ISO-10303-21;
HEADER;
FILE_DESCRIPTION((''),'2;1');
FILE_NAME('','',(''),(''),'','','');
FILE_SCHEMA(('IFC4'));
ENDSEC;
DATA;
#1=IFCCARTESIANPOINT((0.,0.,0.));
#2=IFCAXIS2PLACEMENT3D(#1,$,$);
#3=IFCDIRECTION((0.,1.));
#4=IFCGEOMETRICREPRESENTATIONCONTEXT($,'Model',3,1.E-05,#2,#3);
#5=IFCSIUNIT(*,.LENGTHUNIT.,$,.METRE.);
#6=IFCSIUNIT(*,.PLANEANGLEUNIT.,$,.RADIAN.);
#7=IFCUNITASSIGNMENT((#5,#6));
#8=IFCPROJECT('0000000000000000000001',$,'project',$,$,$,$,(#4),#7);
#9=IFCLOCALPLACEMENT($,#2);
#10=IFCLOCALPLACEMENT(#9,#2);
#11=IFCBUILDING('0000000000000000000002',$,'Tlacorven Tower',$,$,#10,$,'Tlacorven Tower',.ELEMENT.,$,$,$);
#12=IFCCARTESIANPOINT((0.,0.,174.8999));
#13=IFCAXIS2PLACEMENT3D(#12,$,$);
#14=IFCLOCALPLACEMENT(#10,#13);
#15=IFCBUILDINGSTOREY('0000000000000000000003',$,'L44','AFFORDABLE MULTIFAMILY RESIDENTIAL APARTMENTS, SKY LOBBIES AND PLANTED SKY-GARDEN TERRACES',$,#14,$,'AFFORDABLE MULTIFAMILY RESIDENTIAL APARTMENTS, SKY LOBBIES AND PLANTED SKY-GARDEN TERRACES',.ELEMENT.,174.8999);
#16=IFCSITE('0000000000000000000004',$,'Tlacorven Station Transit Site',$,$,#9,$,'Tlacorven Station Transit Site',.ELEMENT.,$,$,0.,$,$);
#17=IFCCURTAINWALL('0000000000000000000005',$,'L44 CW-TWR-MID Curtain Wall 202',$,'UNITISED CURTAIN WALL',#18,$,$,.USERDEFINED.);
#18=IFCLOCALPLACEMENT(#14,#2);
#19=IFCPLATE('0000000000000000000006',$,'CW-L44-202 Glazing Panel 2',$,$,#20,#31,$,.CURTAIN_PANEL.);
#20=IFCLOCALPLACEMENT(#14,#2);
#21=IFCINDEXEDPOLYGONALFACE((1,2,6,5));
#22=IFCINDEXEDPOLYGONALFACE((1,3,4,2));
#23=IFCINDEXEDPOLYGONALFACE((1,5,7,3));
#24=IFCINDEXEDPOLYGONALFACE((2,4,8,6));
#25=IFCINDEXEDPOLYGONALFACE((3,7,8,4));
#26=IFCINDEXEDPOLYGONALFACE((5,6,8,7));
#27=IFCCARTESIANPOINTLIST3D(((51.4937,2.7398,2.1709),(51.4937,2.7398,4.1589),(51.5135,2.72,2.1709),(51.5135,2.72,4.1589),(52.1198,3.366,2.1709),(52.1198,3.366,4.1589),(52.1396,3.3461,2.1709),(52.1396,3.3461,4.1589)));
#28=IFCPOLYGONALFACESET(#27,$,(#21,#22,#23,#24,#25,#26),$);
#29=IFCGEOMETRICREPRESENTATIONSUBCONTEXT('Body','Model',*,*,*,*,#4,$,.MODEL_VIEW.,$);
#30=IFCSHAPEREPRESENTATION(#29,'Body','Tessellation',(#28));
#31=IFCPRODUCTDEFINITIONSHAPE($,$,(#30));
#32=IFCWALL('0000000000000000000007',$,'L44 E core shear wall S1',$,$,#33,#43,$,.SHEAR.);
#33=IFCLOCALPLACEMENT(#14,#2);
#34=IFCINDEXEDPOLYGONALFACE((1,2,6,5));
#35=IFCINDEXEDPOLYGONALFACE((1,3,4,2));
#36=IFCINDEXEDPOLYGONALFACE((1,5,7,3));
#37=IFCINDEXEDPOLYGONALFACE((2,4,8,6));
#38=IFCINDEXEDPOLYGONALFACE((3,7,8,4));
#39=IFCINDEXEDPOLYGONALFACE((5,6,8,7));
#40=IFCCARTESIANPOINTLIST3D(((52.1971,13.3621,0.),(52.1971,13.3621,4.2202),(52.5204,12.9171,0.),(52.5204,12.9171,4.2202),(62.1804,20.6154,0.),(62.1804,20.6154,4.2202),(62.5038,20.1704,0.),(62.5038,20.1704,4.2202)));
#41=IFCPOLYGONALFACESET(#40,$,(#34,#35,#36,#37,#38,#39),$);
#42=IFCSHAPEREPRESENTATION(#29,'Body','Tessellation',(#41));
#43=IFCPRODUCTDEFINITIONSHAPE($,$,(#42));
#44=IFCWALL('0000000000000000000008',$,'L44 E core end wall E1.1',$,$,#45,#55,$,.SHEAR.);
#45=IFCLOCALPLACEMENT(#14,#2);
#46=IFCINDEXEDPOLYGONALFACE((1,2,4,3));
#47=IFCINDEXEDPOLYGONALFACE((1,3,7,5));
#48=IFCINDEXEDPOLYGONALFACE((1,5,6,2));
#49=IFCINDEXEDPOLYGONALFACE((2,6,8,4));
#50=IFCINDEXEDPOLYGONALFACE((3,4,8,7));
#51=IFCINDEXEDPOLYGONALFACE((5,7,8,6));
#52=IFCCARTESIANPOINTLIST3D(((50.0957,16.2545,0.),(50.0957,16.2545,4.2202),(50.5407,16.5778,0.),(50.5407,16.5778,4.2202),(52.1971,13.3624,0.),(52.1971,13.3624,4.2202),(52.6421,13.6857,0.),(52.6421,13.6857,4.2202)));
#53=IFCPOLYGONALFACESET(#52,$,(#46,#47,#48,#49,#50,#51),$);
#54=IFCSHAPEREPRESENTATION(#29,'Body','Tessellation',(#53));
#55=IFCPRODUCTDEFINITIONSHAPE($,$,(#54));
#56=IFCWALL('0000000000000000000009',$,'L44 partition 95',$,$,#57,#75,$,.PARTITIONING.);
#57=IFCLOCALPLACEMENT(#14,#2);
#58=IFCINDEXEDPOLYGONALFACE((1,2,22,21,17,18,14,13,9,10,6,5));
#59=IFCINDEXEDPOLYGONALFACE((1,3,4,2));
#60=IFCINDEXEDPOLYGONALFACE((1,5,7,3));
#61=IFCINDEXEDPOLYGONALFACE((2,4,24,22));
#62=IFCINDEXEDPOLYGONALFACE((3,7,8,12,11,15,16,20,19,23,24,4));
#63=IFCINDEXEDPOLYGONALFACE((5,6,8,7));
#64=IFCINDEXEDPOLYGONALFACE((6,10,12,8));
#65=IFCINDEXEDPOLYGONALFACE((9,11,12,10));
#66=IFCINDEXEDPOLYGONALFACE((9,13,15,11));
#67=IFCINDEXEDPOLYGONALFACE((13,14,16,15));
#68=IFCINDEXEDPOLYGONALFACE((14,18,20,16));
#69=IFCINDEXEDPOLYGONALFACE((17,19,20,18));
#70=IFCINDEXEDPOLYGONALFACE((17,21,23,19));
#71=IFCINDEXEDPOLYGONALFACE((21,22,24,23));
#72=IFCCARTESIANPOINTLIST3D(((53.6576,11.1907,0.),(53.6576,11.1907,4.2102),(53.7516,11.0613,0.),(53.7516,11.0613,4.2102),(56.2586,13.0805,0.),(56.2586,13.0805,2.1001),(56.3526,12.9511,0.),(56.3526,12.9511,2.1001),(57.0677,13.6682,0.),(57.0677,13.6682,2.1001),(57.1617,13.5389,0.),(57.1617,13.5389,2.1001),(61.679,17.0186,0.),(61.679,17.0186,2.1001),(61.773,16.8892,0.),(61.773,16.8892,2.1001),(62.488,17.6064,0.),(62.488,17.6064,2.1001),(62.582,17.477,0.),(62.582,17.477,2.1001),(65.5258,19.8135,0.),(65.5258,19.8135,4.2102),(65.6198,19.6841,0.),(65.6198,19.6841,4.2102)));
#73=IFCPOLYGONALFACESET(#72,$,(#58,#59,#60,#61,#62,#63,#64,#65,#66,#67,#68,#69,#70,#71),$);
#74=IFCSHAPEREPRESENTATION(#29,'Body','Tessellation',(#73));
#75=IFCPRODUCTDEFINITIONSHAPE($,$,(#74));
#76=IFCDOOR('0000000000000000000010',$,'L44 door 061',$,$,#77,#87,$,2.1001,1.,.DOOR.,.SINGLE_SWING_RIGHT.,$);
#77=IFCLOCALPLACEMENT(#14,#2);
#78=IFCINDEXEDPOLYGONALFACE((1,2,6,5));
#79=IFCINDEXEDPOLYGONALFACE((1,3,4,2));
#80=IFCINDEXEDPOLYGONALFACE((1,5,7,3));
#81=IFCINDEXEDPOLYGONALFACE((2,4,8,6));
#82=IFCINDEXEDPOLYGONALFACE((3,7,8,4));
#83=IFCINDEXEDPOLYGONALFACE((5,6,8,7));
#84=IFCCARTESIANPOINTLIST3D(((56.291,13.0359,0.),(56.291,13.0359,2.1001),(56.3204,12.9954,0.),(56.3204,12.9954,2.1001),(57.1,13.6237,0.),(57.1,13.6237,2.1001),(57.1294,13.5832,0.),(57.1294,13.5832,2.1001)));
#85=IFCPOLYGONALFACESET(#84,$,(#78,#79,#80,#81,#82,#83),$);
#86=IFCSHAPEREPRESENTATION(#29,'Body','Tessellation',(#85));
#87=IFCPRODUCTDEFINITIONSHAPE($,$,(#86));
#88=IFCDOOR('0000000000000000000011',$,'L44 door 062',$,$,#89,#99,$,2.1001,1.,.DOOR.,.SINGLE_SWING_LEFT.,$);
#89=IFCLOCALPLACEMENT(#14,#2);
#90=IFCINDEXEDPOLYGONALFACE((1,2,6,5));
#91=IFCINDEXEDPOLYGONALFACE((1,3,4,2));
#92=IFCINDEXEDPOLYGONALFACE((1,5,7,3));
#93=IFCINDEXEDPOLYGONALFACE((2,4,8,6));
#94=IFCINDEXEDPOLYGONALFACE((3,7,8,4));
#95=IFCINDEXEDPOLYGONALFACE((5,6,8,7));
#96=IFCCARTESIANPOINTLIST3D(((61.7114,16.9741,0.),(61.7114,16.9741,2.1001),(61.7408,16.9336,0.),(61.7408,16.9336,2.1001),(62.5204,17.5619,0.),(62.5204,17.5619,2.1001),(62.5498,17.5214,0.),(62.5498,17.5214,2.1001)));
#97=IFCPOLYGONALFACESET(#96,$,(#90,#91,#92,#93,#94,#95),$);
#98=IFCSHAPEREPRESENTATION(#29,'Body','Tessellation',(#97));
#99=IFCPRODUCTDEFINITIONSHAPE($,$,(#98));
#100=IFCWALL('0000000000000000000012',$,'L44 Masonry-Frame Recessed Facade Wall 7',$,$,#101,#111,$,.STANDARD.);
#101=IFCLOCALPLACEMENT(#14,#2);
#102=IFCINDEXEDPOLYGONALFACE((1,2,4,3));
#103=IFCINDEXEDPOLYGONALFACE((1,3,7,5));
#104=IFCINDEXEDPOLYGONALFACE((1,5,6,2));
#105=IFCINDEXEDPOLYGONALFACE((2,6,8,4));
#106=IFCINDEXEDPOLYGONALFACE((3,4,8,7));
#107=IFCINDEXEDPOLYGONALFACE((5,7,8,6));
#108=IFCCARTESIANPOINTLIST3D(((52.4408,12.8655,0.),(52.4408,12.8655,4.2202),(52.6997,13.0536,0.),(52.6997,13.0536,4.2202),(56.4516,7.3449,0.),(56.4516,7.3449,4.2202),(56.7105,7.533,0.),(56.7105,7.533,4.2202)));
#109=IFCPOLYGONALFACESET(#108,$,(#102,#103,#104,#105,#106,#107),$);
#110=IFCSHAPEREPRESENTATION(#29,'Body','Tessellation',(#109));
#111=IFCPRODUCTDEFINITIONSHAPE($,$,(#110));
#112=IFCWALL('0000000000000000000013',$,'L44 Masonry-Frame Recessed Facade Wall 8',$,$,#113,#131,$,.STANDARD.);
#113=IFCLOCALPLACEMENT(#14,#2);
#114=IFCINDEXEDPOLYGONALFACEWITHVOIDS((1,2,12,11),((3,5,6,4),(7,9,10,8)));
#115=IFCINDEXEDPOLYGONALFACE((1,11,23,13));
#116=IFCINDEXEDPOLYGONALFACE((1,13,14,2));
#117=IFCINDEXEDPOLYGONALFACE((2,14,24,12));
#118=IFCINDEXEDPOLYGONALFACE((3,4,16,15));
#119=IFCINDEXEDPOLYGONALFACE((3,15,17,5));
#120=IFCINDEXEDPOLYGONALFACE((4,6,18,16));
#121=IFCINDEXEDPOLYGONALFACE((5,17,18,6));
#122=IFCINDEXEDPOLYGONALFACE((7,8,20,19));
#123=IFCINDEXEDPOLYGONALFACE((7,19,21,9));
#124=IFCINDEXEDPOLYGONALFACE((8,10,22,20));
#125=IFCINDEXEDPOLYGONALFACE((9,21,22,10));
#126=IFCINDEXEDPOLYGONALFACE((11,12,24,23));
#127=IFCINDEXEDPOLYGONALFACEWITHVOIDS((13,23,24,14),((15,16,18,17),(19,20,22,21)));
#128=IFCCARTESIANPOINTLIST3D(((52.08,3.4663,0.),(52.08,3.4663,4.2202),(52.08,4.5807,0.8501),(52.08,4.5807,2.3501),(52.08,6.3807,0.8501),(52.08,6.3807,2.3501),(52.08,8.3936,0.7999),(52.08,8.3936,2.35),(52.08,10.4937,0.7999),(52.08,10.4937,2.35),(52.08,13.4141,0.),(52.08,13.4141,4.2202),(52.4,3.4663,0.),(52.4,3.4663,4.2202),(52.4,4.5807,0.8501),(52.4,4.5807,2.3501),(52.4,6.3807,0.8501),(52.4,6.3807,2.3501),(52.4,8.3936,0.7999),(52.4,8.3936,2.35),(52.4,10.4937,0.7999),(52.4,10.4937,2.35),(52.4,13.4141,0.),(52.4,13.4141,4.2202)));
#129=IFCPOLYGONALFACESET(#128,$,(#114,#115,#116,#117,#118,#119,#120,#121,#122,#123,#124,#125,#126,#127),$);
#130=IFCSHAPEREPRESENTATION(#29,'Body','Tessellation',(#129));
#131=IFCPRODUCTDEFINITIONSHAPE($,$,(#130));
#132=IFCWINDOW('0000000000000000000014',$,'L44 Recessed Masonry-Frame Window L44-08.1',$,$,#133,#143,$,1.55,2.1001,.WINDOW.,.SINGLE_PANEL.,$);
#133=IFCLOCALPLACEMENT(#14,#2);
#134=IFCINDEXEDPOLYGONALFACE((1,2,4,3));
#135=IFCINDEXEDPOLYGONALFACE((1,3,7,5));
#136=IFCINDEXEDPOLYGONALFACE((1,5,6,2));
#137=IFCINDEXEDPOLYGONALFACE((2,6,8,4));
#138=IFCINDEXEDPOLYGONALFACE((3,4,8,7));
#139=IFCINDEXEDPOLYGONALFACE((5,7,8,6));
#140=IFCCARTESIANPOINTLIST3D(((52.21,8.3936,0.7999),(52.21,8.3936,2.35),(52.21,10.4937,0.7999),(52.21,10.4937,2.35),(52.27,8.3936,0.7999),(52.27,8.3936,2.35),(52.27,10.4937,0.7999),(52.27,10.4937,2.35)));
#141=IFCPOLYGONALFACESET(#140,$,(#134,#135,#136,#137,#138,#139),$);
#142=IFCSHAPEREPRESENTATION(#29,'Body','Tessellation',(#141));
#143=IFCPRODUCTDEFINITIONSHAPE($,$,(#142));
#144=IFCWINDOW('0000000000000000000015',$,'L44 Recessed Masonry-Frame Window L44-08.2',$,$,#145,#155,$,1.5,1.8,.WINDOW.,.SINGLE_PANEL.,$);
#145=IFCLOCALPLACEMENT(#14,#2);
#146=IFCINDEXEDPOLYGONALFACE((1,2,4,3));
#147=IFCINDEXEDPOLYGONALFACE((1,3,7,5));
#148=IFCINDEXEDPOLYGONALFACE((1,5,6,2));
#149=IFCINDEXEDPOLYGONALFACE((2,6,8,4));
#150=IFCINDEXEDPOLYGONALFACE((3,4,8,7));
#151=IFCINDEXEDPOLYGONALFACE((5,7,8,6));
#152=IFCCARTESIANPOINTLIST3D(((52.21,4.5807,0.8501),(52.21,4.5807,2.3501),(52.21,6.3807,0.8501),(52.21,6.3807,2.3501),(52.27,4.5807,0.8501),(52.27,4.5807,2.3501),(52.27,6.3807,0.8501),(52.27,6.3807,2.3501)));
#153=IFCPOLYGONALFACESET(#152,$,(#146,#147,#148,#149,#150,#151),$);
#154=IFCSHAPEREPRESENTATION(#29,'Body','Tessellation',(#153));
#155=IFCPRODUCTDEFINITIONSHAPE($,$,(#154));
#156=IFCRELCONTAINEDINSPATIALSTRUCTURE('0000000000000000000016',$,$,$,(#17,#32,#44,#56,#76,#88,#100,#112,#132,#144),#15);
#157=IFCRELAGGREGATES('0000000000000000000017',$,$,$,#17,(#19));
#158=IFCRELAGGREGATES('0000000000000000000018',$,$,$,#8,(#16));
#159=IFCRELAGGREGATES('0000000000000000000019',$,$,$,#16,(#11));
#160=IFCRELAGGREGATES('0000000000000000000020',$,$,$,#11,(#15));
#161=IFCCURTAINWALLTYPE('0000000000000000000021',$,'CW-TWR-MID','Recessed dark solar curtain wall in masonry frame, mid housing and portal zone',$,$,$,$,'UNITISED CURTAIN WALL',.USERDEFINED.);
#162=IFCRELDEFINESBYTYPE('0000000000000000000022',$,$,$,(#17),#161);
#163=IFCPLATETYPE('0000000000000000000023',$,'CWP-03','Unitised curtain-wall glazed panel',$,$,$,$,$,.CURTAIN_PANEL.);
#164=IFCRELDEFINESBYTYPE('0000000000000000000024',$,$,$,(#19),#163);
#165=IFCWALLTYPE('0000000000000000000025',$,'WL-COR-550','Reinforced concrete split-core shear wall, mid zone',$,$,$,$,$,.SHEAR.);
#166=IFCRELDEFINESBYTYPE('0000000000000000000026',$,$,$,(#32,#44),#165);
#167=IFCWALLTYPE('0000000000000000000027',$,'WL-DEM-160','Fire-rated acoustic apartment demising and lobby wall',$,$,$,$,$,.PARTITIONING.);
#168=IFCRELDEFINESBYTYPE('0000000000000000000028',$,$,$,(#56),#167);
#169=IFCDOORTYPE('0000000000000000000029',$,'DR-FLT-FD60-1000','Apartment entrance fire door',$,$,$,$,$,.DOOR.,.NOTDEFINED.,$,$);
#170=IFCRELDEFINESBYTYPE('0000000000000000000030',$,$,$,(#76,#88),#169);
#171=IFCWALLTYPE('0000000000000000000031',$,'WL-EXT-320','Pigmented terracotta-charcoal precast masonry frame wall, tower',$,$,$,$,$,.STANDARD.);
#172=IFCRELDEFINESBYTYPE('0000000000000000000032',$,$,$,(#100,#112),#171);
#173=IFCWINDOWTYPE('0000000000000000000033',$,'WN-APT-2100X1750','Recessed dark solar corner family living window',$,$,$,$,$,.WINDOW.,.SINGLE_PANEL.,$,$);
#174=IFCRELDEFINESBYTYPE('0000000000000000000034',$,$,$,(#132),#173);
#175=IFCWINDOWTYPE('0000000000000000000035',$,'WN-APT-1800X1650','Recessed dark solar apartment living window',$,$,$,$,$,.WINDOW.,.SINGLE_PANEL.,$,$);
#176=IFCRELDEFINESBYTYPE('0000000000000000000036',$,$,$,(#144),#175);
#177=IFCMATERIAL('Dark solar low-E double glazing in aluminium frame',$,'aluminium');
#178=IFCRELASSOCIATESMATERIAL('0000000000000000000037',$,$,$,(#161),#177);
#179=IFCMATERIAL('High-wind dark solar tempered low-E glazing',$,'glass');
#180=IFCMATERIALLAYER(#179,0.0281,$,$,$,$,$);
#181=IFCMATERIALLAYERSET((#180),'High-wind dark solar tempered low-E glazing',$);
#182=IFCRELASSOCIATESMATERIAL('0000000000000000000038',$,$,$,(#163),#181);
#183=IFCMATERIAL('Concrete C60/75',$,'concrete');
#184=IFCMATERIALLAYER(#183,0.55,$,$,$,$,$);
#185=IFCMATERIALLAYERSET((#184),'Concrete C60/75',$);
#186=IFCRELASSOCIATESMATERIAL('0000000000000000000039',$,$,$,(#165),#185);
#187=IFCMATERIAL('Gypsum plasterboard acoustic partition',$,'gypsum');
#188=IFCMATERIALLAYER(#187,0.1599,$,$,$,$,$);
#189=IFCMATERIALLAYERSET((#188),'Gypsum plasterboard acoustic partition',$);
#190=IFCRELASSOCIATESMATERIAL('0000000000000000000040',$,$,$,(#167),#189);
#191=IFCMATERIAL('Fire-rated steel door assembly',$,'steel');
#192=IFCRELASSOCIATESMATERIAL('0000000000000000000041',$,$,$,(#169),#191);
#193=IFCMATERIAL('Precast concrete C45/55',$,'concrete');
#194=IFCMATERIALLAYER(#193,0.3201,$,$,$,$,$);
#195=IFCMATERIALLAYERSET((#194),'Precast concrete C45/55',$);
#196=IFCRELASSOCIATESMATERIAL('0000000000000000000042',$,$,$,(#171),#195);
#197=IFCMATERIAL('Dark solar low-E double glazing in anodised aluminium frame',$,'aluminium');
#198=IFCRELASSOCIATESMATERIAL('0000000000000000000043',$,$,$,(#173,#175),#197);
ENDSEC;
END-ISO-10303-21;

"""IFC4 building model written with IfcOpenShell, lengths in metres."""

from ifc_helpers import new_model, si_unit, direction, frame, frame_2d, origin, origin_2d, place, context, subcontext, project, spatial, rectangle, extrude, source, transform, mapped, material, layer, layer_set, type_object, element, fill, aggregate, save


model = new_model("IFC4")

# Units and contexts
model_context = context("Model", 3, precision=1e-05, world=origin(), true_north=direction((0.0, 1.0)))
body_context = subcontext(model_context, "Body", "Model", "MODEL_VIEW")
ifc_project = project(units=[si_unit("LENGTHUNIT", "METRE"), si_unit("PLANEANGLEUNIT", "RADIAN")], contexts=[model_context])

# Site, building, storey
site_placement = place(None, origin())
site = spatial("IfcSite", under=ifc_project, at=site_placement, Name="Tlacorven Station Transit Site", LongName="Tlacorven Station Transit Site", CompositionType="ELEMENT", RefElevation=0.0)
building_placement = place(site_placement, origin())
building = spatial("IfcBuilding", under=site, at=building_placement, Name="Tlacorven Tower", LongName="Tlacorven Tower", CompositionType="ELEMENT")
storey_placement = place(building_placement, frame((0.0, 0.0, 174.8999)))
storey = spatial("IfcBuildingStorey", under=building, at=storey_placement, Name="L44", Description="AFFORDABLE MULTIFAMILY RESIDENTIAL APARTMENTS, SKY LOBBIES AND PLANTED SKY-GARDEN TERRACES", LongName="AFFORDABLE MULTIFAMILY RESIDENTIAL APARTMENTS, SKY LOBBIES AND PLANTED SKY-GARDEN TERRACES", CompositionType="ELEMENT", Elevation=174.8999)

# Curtain wall
ifc_material_1 = material(Name="Dark solar low-E double glazing in aluminium frame", Category="aluminium")
curtain_wall_type = type_object("IfcCurtainWallType", Name="CW-TWR-MID", Description="Recessed dark solar curtain wall in masonry frame, mid housing and portal zone", ElementType="UNITISED CURTAIN WALL", PredefinedType="USERDEFINED", material=ifc_material_1)
curtain_wall_placement = place(storey_placement, origin())
curtain_wall = element("IfcCurtainWall", 1, at=curtain_wall_placement, inside=storey, type_object=curtain_wall_type, Name="L44 CW-TWR-MID Curtain Wall 202", ObjectType="UNITISED CURTAIN WALL", PredefinedType="USERDEFINED")

# Plate
ifc_material_2 = material(Name="High-wind dark solar tempered low-E glazing", Category="glass")
ifc_layer_1 = layer(ifc_material_2, 0.0281)
ifc_layer_set_1 = layer_set([ifc_layer_1], Name="High-wind dark solar tempered low-E glazing")
plate_type_1 = type_object("IfcPlateType", Name="CWP-03", Description="Unitised curtain-wall glazed panel", PredefinedType="CURTAIN_PANEL", material=ifc_layer_set_1)
shared_shape_1 = source(origin(), body_context, "Body", "SweptSolid", [
    extrude(rectangle(XDim=0.8855, YDim=0.0281, at=origin_2d()), origin(), (0.0, 0.0, 1.0), 1.988),
])
plate_1_placement = place(storey_placement, frame((51.8167, 3.043, 2.1709), z_axis=(0.0, 0.0, 1.0), x_axis=(-0.707107, -0.707107, 0.0)))
plate_1 = element("IfcPlate", 2, at=plate_1_placement, type_object=plate_type_1, Name="CW-L44-202 Glazing Panel 2", PredefinedType="CURTAIN_PANEL", context=body_context, shape_type="MappedRepresentation", body=[
    mapped(shared_shape_1, transform((0.0, 0.0, 0.0), scale=1.0)),
])
aggregate(curtain_wall, [plate_1])

# Walls
ifc_material_3 = material(Name="Concrete C60/75", Category="concrete")
ifc_layer_2 = layer(ifc_material_3, 0.55)
ifc_layer_set_2 = layer_set([ifc_layer_2], Name="Concrete C60/75")
wall_type_1 = type_object("IfcWallType", Name="WL-COR-550", Description="Reinforced concrete split-core shear wall, mid zone", PredefinedType="SHEAR", material=ifc_layer_set_2)
wall_1_placement = place(storey_placement, frame((52.3589, 13.1396, 0.0), z_axis=(0.0, 0.0, 1.0), x_axis=(0.809015, 0.587788, 0.0)))
element("IfcWall", 3, at=wall_1_placement, inside=storey, type_object=wall_type_1, Name="L44 E core shear wall S1", PredefinedType="SHEAR", context=body_context, shape_type="SweptSolid", body=[
    extrude(rectangle(XDim=12.3401, YDim=0.55, at=frame_2d((6.1699, 0.0))), origin(), (0.0, 0.0, 1.0), 4.2202),
])
wall_2_placement = place(storey_placement, frame((52.4197, 13.5239, 0.0), z_axis=(0.0, 0.0, 1.0), x_axis=(-0.587802, 0.809005, 0.0)))
element("IfcWall", 4, at=wall_2_placement, inside=storey, type_object=wall_type_1, Name="L44 E core end wall E1.1", PredefinedType="SHEAR", context=body_context, shape_type="SweptSolid", body=[
    extrude(rectangle(XDim=3.575, YDim=0.55, at=frame_2d((1.7876, 0.0))), origin(), (0.0, 0.0, 1.0), 4.2202),
])

# Wall, openings, doors
ifc_material_4 = material(Name="Gypsum plasterboard acoustic partition", Category="gypsum")
ifc_layer_3 = layer(ifc_material_4, 0.1599)
ifc_layer_set_3 = layer_set([ifc_layer_3], Name="Gypsum plasterboard acoustic partition")
wall_type_2 = type_object("IfcWallType", Name="WL-DEM-160", Description="Fire-rated acoustic apartment demising and lobby wall", PredefinedType="PARTITIONING", material=ifc_layer_set_3)
wall_3_placement = place(storey_placement, frame((53.7046, 11.126, 0.0), z_axis=(0.0, 0.0, 1.0), x_axis=(0.809015, 0.587789, 0.0)))
wall_3 = element("IfcWall", 5, at=wall_3_placement, inside=storey, type_object=wall_type_2, Name="L44 partition 95", PredefinedType="PARTITIONING", context=body_context, shape_type="SweptSolid", body=[
    extrude(rectangle(XDim=14.6699, YDim=0.1599, at=frame_2d((7.335, 0.0))), origin(), (0.0, 0.0, 1.0), 4.2102),
])
opening_1_placement = place(wall_3_placement, frame((3.2151, 0.0, 0.0)))
opening_1 = element("IfcOpeningElement", 6, at=opening_1_placement, cuts=wall_3, PredefinedType="OPENING", context=body_context, shape_type="SweptSolid", body=[
    extrude(rectangle(XDim=1.0, YDim=2.1001, at=frame_2d((0.5, 1.05))), frame((0.0, 0.0898, 0.0), z_axis=(0.0, -1.0, 0.0), x_axis=(1.0, 0.0, 0.0)), (0.0, 0.0, 1.0), 0.1799),
])
opening_2_placement = place(wall_3_placement, frame((9.915, 0.0, 0.0)))
opening_2 = element("IfcOpeningElement", 7, at=opening_2_placement, cuts=wall_3, PredefinedType="OPENING", context=body_context, shape_type="SweptSolid", body=[
    extrude(rectangle(XDim=1.0, YDim=2.1001, at=frame_2d((0.5, 1.05))), frame((0.0, 0.0898, 0.0), z_axis=(0.0, -1.0, 0.0), x_axis=(1.0, 0.0, 0.0)), (0.0, 0.0, 1.0), 0.1799),
])
ifc_material_5 = material(Name="Fire-rated steel door assembly", Category="steel")
door_type = type_object("IfcDoorType", Name="DR-FLT-FD60-1000", Description="Apartment entrance fire door", OperationType="NOTDEFINED", PredefinedType="DOOR", material=ifc_material_5)
shared_shape_2 = source(origin(), body_context, "Body", "SweptSolid", [
    extrude(rectangle(XDim=1.0, YDim=2.1001, at=frame_2d((0.5, 1.05))), frame((0.0, 0.0249, 0.0), z_axis=(0.0, -1.0, 0.0), x_axis=(1.0, 0.0, 0.0)), (0.0, 0.0, 1.0), 0.05),
])
door_1_placement = place(opening_1_placement, origin())
door_1 = element("IfcDoor", 8, at=door_1_placement, inside=storey, type_object=door_type, Name="L44 door 061", OperationType="SINGLE_SWING_RIGHT", OverallHeight=2.1001, OverallWidth=1.0, PredefinedType="DOOR", context=body_context, shape_type="MappedRepresentation", body=[
    mapped(shared_shape_2, transform((0.0, 0.0, 0.0), scale=1.0)),
])
fill(opening_1, door_1)
door_2_placement = place(opening_2_placement, origin())
door_2 = element("IfcDoor", 9, at=door_2_placement, inside=storey, type_object=door_type, Name="L44 door 062", OperationType="SINGLE_SWING_LEFT", OverallHeight=2.1001, OverallWidth=1.0, PredefinedType="DOOR", context=body_context, shape_type="MappedRepresentation", body=[
    mapped(shared_shape_2, transform((0.0, 0.0, 0.0), scale=1.0)),
])
fill(opening_2, door_2)

# Wall
ifc_material_6 = material(Name="Precast concrete C45/55", Category="concrete")
ifc_layer_4 = layer(ifc_material_6, 0.3201)
ifc_layer_set_4 = layer_set([ifc_layer_4], Name="Precast concrete C45/55")
wall_type_3 = type_object("IfcWallType", Name="WL-EXT-320", Description="Pigmented terracotta-charcoal precast masonry frame wall, tower", PredefinedType="STANDARD", material=ifc_layer_set_4)
wall_4_placement = place(storey_placement, frame((56.5811, 7.439, 0.0), z_axis=(0.0, 0.0, 1.0), x_axis=(-0.587772, 0.809027, 0.0)))
element("IfcWall", 10, at=wall_4_placement, inside=storey, type_object=wall_type_3, Name="L44 Masonry-Frame Recessed Facade Wall 7", PredefinedType="STANDARD", context=body_context, shape_type="SweptSolid", body=[
    extrude(rectangle(XDim=6.8237, YDim=0.3201, at=frame_2d((3.4119, 0.0))), origin(), (0.0, 0.0, 1.0), 4.2202),
])

# Wall, openings, windows
wall_5_placement = place(storey_placement, frame((52.24, 13.4141, 0.0), z_axis=(0.0, 0.0, 1.0), x_axis=(0.0, -1.0, 0.0)))
wall_5 = element("IfcWall", 11, at=wall_5_placement, inside=storey, type_object=wall_type_3, Name="L44 Masonry-Frame Recessed Facade Wall 8", PredefinedType="STANDARD", context=body_context, shape_type="SweptSolid", body=[
    extrude(rectangle(XDim=9.9478, YDim=0.3201, at=frame_2d((4.9739, 0.0))), origin(), (0.0, 0.0, 1.0), 4.2202),
])
opening_3_placement = place(wall_5_placement, frame((2.9204, 0.0, 0.8)))
opening_3 = element("IfcOpeningElement", 12, at=opening_3_placement, cuts=wall_5, PredefinedType="OPENING", context=body_context, shape_type="SweptSolid", body=[
    extrude(rectangle(XDim=2.1001, YDim=1.55, at=frame_2d((1.05, 0.7749))), frame((0.0, 0.1699, 0.0), z_axis=(0.0, -1.0, 0.0), x_axis=(1.0, 0.0, 0.0)), (0.0, 0.0, 1.0), 0.3401),
])
opening_4_placement = place(wall_5_placement, frame((7.0334, 0.0, 0.8501)))
opening_4 = element("IfcOpeningElement", 13, at=opening_4_placement, cuts=wall_5, PredefinedType="OPENING", context=body_context, shape_type="SweptSolid", body=[
    extrude(rectangle(XDim=1.8, YDim=1.5, at=frame_2d((0.8999, 0.75))), frame((0.0, 0.1699, 0.0), z_axis=(0.0, -1.0, 0.0), x_axis=(1.0, 0.0, 0.0)), (0.0, 0.0, 1.0), 0.3401),
])
ifc_material_7 = material(Name="Dark solar low-E double glazing in anodised aluminium frame", Category="aluminium")
window_type_1 = type_object("IfcWindowType", Name="WN-APT-2100X1750", Description="Recessed dark solar corner family living window", PartitioningType="SINGLE_PANEL", PredefinedType="WINDOW", material=ifc_material_7)
shared_shape_3 = source(origin(), body_context, "Body", "SweptSolid", [
    extrude(rectangle(XDim=2.1001, YDim=1.55, at=frame_2d((1.05, 0.7749))), frame((0.0, 0.03, 0.0), z_axis=(0.0, -1.0, 0.0), x_axis=(1.0, 0.0, 0.0)), (0.0, 0.0, 1.0), 0.0601),
])
window_1_placement = place(opening_3_placement, origin())
window_1 = element("IfcWindow", 14, at=window_1_placement, inside=storey, type_object=window_type_1, Name="L44 Recessed Masonry-Frame Window L44-08.1", OverallHeight=1.55, OverallWidth=2.1001, PartitioningType="SINGLE_PANEL", PredefinedType="WINDOW", context=body_context, shape_type="MappedRepresentation", body=[
    mapped(shared_shape_3, transform((0.0, 0.0, 0.0), scale=1.0)),
])
fill(opening_3, window_1)
window_type_2 = type_object("IfcWindowType", Name="WN-APT-1800X1650", Description="Recessed dark solar apartment living window", PartitioningType="SINGLE_PANEL", PredefinedType="WINDOW", material=ifc_material_7)
shared_shape_4 = source(origin(), body_context, "Body", "SweptSolid", [
    extrude(rectangle(XDim=1.8, YDim=1.5, at=frame_2d((0.8999, 0.75))), frame((0.0, 0.03, 0.0), z_axis=(0.0, -1.0, 0.0), x_axis=(1.0, 0.0, 0.0)), (0.0, 0.0, 1.0), 0.0601),
])
window_2_placement = place(opening_4_placement, origin())
window_2 = element("IfcWindow", 15, at=window_2_placement, inside=storey, type_object=window_type_2, Name="L44 Recessed Masonry-Frame Window L44-08.2", OverallHeight=1.5, OverallWidth=1.8, PartitioningType="SINGLE_PANEL", PredefinedType="WINDOW", context=body_context, shape_type="MappedRepresentation", body=[
    mapped(shared_shape_4, transform((0.0, 0.0, 0.0), scale=1.0)),
])
fill(opening_4, window_2)

save(model, "model.ifc")
